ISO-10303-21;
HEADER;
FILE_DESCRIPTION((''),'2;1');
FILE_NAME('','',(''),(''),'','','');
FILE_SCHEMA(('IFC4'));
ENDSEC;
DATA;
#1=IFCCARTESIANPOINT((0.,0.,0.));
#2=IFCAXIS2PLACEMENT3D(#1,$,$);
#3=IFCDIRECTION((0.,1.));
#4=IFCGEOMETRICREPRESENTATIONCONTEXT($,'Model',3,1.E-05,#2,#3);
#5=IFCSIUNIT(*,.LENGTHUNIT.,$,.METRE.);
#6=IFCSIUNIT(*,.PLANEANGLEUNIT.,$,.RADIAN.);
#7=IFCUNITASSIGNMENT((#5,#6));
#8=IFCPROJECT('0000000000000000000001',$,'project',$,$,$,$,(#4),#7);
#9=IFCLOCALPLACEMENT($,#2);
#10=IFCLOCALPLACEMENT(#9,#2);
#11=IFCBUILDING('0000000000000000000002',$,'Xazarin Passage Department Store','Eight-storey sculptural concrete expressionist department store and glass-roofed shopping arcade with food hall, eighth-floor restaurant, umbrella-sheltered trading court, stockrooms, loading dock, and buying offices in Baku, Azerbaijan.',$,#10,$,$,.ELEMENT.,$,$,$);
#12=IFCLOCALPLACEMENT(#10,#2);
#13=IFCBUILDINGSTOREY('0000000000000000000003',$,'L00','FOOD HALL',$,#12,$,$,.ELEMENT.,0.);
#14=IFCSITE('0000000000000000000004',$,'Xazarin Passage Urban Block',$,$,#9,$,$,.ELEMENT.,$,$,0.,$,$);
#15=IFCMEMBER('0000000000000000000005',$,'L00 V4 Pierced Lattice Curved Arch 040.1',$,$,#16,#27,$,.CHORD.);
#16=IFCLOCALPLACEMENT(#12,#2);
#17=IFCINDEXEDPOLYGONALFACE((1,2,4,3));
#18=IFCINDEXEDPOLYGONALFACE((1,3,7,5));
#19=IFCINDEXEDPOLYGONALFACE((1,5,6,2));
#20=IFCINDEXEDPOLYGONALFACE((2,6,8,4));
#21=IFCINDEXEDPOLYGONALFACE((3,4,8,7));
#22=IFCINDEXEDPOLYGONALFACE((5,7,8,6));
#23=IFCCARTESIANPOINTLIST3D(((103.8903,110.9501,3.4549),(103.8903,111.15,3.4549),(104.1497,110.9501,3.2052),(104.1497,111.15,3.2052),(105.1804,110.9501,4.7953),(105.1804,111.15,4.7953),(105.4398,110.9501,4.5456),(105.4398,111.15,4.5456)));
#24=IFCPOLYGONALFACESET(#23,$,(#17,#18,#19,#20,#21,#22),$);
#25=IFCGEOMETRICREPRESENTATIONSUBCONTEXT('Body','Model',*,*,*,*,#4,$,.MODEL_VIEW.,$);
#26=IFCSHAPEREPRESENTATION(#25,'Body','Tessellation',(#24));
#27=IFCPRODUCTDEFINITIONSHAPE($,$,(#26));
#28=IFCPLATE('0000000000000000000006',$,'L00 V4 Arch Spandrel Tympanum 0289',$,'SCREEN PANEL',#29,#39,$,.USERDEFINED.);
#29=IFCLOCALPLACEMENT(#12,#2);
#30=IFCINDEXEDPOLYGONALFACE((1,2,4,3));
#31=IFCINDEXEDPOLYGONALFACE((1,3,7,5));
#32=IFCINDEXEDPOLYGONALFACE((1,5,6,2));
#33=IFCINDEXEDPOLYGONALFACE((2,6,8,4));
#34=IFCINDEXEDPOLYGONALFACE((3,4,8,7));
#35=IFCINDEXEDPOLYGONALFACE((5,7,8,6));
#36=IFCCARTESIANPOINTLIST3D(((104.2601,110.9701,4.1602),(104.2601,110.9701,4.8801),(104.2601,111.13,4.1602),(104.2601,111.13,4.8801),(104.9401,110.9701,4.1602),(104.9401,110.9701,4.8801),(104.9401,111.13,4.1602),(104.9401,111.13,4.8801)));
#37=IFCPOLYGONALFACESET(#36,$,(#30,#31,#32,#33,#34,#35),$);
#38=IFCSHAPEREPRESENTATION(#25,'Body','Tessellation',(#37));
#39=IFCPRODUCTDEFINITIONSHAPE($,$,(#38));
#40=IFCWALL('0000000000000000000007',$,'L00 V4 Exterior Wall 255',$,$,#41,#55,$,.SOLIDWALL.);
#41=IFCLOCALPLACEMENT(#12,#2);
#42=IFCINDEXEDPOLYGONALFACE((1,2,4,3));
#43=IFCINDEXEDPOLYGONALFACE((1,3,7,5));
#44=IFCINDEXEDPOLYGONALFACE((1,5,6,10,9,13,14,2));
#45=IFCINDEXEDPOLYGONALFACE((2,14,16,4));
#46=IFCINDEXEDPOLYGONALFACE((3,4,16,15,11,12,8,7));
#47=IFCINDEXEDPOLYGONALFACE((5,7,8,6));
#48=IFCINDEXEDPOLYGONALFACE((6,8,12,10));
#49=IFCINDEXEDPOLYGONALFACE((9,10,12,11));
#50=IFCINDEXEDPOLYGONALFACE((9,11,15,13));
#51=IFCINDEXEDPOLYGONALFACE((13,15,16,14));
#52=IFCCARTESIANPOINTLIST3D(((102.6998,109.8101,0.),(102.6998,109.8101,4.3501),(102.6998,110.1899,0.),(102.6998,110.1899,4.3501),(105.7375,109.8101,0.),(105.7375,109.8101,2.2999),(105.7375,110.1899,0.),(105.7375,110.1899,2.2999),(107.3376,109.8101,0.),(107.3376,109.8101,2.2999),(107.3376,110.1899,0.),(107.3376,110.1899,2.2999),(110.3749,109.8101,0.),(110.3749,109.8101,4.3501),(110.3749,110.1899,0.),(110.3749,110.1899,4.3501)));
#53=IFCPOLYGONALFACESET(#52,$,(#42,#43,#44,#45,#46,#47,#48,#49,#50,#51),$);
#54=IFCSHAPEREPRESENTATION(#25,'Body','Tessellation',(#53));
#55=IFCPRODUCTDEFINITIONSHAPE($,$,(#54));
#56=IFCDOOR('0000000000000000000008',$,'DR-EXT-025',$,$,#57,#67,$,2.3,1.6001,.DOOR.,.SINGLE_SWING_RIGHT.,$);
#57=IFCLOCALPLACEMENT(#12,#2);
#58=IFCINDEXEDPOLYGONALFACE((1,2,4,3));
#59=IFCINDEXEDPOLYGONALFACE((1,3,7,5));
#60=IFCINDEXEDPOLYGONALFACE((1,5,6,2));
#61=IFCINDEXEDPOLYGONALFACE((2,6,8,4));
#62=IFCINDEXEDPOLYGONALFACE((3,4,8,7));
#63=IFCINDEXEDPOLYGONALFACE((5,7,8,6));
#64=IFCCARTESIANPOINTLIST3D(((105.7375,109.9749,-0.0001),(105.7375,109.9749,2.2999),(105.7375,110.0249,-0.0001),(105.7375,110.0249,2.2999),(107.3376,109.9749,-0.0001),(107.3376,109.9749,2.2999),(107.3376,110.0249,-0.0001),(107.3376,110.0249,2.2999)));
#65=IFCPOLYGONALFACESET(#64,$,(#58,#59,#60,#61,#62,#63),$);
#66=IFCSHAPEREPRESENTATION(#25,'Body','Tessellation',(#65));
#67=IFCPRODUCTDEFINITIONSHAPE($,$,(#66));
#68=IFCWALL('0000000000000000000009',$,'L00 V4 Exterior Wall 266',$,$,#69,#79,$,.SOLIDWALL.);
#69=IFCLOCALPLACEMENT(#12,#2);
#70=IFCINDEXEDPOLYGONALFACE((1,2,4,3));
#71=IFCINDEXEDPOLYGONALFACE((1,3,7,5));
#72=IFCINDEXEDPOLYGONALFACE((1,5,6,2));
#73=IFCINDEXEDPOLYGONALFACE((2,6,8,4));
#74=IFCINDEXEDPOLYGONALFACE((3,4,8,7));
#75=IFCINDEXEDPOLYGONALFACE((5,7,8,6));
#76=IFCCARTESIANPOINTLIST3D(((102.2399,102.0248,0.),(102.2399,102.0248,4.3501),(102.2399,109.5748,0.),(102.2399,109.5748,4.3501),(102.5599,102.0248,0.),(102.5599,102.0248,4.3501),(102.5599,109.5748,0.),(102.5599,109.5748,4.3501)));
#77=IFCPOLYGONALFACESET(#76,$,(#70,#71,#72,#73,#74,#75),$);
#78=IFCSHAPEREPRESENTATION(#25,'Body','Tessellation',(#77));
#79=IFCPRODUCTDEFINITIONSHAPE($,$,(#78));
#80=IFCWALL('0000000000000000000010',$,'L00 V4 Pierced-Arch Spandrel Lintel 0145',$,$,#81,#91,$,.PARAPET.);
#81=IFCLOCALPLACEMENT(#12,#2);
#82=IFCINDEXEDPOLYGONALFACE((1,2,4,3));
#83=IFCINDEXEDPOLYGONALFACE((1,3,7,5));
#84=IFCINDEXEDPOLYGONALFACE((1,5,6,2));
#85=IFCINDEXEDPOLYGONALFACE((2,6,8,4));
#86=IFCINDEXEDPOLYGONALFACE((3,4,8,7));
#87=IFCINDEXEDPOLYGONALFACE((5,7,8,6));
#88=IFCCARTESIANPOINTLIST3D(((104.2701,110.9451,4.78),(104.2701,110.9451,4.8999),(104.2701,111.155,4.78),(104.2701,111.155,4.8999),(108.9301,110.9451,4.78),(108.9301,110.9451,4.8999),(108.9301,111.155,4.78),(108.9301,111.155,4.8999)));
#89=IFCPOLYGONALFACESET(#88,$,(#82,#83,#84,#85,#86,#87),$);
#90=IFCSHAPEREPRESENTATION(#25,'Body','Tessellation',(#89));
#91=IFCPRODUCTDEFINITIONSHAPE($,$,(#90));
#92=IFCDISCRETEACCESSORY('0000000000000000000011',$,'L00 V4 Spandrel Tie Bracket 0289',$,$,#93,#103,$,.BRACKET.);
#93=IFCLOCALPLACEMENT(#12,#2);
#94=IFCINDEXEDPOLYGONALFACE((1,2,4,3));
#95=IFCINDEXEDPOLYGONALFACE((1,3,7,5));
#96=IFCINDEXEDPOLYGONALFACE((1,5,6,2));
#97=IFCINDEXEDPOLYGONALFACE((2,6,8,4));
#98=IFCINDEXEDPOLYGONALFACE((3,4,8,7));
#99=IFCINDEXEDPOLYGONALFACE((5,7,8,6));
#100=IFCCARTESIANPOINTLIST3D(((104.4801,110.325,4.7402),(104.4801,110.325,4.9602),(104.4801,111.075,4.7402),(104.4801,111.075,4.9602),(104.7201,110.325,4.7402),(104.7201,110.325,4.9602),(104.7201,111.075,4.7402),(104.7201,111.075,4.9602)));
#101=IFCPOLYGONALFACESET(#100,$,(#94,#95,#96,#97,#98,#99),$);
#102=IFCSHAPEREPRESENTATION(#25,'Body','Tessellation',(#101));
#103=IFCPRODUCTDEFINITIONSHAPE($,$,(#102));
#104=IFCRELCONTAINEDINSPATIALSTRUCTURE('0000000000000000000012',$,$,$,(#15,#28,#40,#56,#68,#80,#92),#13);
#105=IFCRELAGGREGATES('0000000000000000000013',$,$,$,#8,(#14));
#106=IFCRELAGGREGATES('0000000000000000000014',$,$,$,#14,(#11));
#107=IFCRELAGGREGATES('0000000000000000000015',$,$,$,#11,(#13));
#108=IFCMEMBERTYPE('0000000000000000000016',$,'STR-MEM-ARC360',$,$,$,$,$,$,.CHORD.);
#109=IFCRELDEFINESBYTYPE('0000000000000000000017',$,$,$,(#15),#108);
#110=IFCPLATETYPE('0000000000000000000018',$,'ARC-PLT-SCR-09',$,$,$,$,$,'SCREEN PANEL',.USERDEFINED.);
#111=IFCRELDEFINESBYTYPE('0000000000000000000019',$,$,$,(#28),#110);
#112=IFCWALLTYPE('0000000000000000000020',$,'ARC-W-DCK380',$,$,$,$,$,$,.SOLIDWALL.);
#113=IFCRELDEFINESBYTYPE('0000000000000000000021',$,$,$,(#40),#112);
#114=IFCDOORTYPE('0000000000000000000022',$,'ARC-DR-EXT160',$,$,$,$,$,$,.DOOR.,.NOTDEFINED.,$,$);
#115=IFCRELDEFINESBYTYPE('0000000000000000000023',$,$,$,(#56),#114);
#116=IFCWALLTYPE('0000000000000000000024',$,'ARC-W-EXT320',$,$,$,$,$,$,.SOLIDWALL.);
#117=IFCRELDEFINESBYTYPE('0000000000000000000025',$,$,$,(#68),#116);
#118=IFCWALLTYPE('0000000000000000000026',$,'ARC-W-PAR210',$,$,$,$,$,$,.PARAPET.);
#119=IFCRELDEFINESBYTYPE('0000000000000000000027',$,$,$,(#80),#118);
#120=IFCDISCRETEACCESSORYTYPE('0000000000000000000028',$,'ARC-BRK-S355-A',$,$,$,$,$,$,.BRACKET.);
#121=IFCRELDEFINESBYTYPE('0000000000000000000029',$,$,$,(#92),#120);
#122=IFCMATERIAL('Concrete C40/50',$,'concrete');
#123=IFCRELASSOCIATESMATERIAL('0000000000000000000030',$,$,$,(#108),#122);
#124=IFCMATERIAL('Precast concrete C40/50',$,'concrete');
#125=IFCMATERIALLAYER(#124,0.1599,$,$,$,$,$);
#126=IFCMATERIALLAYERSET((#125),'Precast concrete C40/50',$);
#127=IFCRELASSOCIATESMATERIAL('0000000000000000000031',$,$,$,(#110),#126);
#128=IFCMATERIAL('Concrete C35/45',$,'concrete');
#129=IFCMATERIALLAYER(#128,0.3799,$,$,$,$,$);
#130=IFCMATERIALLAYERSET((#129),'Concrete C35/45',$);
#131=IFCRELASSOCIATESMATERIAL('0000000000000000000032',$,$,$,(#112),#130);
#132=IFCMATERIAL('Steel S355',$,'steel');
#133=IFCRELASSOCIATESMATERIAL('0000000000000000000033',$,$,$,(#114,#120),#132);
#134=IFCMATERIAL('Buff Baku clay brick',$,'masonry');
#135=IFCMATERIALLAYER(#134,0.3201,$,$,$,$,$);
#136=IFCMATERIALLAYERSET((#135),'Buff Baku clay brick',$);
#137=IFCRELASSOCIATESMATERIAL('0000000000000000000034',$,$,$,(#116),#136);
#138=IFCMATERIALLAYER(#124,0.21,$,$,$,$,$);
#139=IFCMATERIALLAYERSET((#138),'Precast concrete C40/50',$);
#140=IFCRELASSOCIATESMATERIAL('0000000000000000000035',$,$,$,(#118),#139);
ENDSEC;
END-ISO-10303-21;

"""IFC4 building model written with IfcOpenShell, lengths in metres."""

from ifc_helpers import new_model, si_unit, direction, frame, frame_2d, origin, origin_2d, place, context, subcontext, project, spatial, rectangle, extrude, material, layer, layer_set, material_profile, profile_set, type_object, element, fill, save


model = new_model("IFC4")

# Units and contexts
model_context = context("Model", 3, precision=1e-05, world=origin(), true_north=direction((0.0, 1.0)))
body_context = subcontext(model_context, "Body", "Model", "MODEL_VIEW")
ifc_project = project(units=[si_unit("LENGTHUNIT", "METRE"), si_unit("PLANEANGLEUNIT", "RADIAN")], contexts=[model_context])

# Site, building, storey
site_placement = place(None, origin())
site = spatial("IfcSite", under=ifc_project, at=site_placement, Name="Xazarin Passage Urban Block", CompositionType="ELEMENT", RefElevation=0.0)
building_placement = place(site_placement, origin())
building = spatial("IfcBuilding", under=site, at=building_placement, Name="Xazarin Passage Department Store", Description="Eight-storey sculptural concrete expressionist department store and glass-roofed shopping arcade with food hall, eighth-floor restaurant, umbrella-sheltered trading court, stockrooms, loading dock, and buying offices in Baku, Azerbaijan.", CompositionType="ELEMENT")
storey_placement = place(building_placement, origin())
storey = spatial("IfcBuildingStorey", under=building, at=storey_placement, Name="L00", Description="FOOD HALL", CompositionType="ELEMENT", Elevation=0.0)

# Shared definitions
ifc_material_1 = material(Name="Concrete C35/45", Category="concrete")

# Shared definitions
ifc_material_2 = material(Name="Concrete C40/50", Category="concrete")

# Member
ifc_material_profile_1 = material_profile(ifc_material_2, rectangle(XDim=0.2, YDim=0.3601, at=origin_2d()), Name="RC 200x360")
ifc_profile_set_1 = profile_set([ifc_material_profile_1], Name="Concrete C40/50")
member_type = type_object("IfcMemberType", Name="STR-MEM-ARC360", PredefinedType="CHORD", material=ifc_profile_set_1)
member_placement = place(storey_placement, frame((104.02, 111.05, 3.3301), z_axis=(0.69346, 0.0, 0.720495), x_axis=(0.0, 1.0, 0.0)))
element("IfcMember", 1, at=member_placement, inside=storey, type_object=member_type, Name="L00 V4 Pierced Lattice Curved Arch 040.1", PredefinedType="CHORD", context=body_context, shape_type="SweptSolid", body=[
    extrude(rectangle(XDim=0.2, YDim=0.3601, at=origin_2d()), origin(), (0.0, 0.0, 1.0), 1.8604),
])

# Plate
ifc_material_3 = material(Name="Precast concrete C40/50", Category="concrete")
ifc_layer_1 = layer(ifc_material_3, 0.1599)
ifc_layer_set_1 = layer_set([ifc_layer_1], Name="Precast concrete C40/50")
plate_type = type_object("IfcPlateType", Name="ARC-PLT-SCR-09", ElementType="SCREEN PANEL", PredefinedType="USERDEFINED", material=ifc_layer_set_1)
plate_placement = place(storey_placement, frame((104.6001, 111.05, 4.1602), z_axis=(0.0, 0.0, 1.0), x_axis=(1.0, 0.0, 0.0)))
element("IfcPlate", 2, at=plate_placement, inside=storey, type_object=plate_type, Name="L00 V4 Arch Spandrel Tympanum 0289", ObjectType="SCREEN PANEL", PredefinedType="USERDEFINED", context=body_context, shape_type="SweptSolid", body=[
    extrude(rectangle(XDim=0.6799, YDim=0.1599, at=origin_2d()), origin(), (0.0, 0.0, 1.0), 0.72),
])

# Wall, opening, door
ifc_layer_2 = layer(ifc_material_1, 0.3799)
ifc_layer_set_2 = layer_set([ifc_layer_2], Name="Concrete C35/45")
wall_type_1 = type_object("IfcWallType", Name="ARC-W-DCK380", PredefinedType="SOLIDWALL", material=ifc_layer_set_2)
wall_1_placement = place(storey_placement, frame((102.7, 110.0, 0.0), z_axis=(0.0, 0.0, 1.0), x_axis=(1.0, 0.0, 0.0)))
wall_1 = element("IfcWall", 3, at=wall_1_placement, inside=storey, type_object=wall_type_1, Name="L00 V4 Exterior Wall 255", PredefinedType="SOLIDWALL", context=body_context, shape_type="SweptSolid", body=[
    extrude(rectangle(XDim=7.675, YDim=0.3799, at=frame_2d((3.8374, 0.0))), origin(), (0.0, 0.0, 1.0), 4.3501),
])
opening_placement = place(wall_1_placement, frame((3.0376, 0.0, 0.0)))
opening = element("IfcOpeningElement", 4, at=opening_placement, cuts=wall_1, PredefinedType="OPENING", context=body_context, shape_type="SweptSolid", body=[
    extrude(rectangle(XDim=1.6001, YDim=2.3, at=frame_2d((0.8, 1.1499))), frame((0.0, 0.2, 0.0), z_axis=(0.0, -1.0, 0.0), x_axis=(1.0, 0.0, 0.0)), (0.0, 0.0, 1.0), 0.3999),
])
ifc_material_4 = material(Name="Steel S355", Category="steel")
door_type = type_object("IfcDoorType", Name="ARC-DR-EXT160", OperationType="NOTDEFINED", PredefinedType="DOOR", material=ifc_material_4)
door_placement = place(opening_placement, origin())
door = element("IfcDoor", 5, at=door_placement, inside=storey, type_object=door_type, Name="DR-EXT-025", OperationType="SINGLE_SWING_RIGHT", OverallHeight=2.3, OverallWidth=1.6001, PredefinedType="DOOR", context=body_context, shape_type="SweptSolid", body=[
    extrude(rectangle(XDim=1.6001, YDim=2.3, at=frame_2d((0.8, 1.1499))), frame((0.0, 0.0249, 0.0), z_axis=(0.0, -1.0, 0.0), x_axis=(1.0, 0.0, 0.0)), (0.0, 0.0, 1.0), 0.05),
])
fill(opening, door)

# Walls
ifc_material_5 = material(Name="Buff Baku clay brick", Category="masonry")
ifc_layer_3 = layer(ifc_material_5, 0.3201)
ifc_layer_set_3 = layer_set([ifc_layer_3], Name="Buff Baku clay brick")
wall_type_2 = type_object("IfcWallType", Name="ARC-W-EXT320", PredefinedType="SOLIDWALL", material=ifc_layer_set_3)
wall_2_placement = place(storey_placement, frame((102.3999, 102.0249, 0.0), z_axis=(0.0, 0.0, 1.0), x_axis=(0.0, 1.0, 0.0)))
element("IfcWall", 6, at=wall_2_placement, inside=storey, type_object=wall_type_2, Name="L00 V4 Exterior Wall 266", PredefinedType="SOLIDWALL", context=body_context, shape_type="SweptSolid", body=[
    extrude(rectangle(XDim=7.55, YDim=0.3201, at=frame_2d((3.7749, 0.0))), origin(), (0.0, 0.0, 1.0), 4.3501),
])
ifc_layer_4 = layer(ifc_material_3, 0.21)
ifc_layer_set_4 = layer_set([ifc_layer_4], Name="Precast concrete C40/50")
wall_type_3 = type_object("IfcWallType", Name="ARC-W-PAR210", PredefinedType="PARAPET", material=ifc_layer_set_4)
wall_3_placement = place(storey_placement, frame((104.27, 111.05, 4.78), z_axis=(0.0, 0.0, 1.0), x_axis=(1.0, 0.0, 0.0)))
element("IfcWall", 7, at=wall_3_placement, inside=storey, type_object=wall_type_3, Name="L00 V4 Pierced-Arch Spandrel Lintel 0145", PredefinedType="PARAPET", context=body_context, shape_type="SweptSolid", body=[
    extrude(rectangle(XDim=4.6599, YDim=0.21, at=frame_2d((2.3301, 0.0))), origin(), (0.0, 0.0, 1.0), 0.1199),
])

# Discrete accessory
discrete_accessory_type = type_object("IfcDiscreteAccessoryType", Name="ARC-BRK-S355-A", PredefinedType="BRACKET", material=ifc_material_4)
discrete_accessory_placement = place(storey_placement, frame((104.6001, 110.7, 4.7402), z_axis=(0.0, 0.0, 1.0), x_axis=(1.0, 0.0, 0.0)))
element("IfcDiscreteAccessory", 8, at=discrete_accessory_placement, inside=storey, type_object=discrete_accessory_type, Name="L00 V4 Spandrel Tie Bracket 0289", PredefinedType="BRACKET", context=body_context, shape_type="SweptSolid", body=[
    extrude(rectangle(XDim=0.24, YDim=0.75, at=origin_2d()), origin(), (0.0, 0.0, 1.0), 0.22),
])

save(model, "model.ifc")
